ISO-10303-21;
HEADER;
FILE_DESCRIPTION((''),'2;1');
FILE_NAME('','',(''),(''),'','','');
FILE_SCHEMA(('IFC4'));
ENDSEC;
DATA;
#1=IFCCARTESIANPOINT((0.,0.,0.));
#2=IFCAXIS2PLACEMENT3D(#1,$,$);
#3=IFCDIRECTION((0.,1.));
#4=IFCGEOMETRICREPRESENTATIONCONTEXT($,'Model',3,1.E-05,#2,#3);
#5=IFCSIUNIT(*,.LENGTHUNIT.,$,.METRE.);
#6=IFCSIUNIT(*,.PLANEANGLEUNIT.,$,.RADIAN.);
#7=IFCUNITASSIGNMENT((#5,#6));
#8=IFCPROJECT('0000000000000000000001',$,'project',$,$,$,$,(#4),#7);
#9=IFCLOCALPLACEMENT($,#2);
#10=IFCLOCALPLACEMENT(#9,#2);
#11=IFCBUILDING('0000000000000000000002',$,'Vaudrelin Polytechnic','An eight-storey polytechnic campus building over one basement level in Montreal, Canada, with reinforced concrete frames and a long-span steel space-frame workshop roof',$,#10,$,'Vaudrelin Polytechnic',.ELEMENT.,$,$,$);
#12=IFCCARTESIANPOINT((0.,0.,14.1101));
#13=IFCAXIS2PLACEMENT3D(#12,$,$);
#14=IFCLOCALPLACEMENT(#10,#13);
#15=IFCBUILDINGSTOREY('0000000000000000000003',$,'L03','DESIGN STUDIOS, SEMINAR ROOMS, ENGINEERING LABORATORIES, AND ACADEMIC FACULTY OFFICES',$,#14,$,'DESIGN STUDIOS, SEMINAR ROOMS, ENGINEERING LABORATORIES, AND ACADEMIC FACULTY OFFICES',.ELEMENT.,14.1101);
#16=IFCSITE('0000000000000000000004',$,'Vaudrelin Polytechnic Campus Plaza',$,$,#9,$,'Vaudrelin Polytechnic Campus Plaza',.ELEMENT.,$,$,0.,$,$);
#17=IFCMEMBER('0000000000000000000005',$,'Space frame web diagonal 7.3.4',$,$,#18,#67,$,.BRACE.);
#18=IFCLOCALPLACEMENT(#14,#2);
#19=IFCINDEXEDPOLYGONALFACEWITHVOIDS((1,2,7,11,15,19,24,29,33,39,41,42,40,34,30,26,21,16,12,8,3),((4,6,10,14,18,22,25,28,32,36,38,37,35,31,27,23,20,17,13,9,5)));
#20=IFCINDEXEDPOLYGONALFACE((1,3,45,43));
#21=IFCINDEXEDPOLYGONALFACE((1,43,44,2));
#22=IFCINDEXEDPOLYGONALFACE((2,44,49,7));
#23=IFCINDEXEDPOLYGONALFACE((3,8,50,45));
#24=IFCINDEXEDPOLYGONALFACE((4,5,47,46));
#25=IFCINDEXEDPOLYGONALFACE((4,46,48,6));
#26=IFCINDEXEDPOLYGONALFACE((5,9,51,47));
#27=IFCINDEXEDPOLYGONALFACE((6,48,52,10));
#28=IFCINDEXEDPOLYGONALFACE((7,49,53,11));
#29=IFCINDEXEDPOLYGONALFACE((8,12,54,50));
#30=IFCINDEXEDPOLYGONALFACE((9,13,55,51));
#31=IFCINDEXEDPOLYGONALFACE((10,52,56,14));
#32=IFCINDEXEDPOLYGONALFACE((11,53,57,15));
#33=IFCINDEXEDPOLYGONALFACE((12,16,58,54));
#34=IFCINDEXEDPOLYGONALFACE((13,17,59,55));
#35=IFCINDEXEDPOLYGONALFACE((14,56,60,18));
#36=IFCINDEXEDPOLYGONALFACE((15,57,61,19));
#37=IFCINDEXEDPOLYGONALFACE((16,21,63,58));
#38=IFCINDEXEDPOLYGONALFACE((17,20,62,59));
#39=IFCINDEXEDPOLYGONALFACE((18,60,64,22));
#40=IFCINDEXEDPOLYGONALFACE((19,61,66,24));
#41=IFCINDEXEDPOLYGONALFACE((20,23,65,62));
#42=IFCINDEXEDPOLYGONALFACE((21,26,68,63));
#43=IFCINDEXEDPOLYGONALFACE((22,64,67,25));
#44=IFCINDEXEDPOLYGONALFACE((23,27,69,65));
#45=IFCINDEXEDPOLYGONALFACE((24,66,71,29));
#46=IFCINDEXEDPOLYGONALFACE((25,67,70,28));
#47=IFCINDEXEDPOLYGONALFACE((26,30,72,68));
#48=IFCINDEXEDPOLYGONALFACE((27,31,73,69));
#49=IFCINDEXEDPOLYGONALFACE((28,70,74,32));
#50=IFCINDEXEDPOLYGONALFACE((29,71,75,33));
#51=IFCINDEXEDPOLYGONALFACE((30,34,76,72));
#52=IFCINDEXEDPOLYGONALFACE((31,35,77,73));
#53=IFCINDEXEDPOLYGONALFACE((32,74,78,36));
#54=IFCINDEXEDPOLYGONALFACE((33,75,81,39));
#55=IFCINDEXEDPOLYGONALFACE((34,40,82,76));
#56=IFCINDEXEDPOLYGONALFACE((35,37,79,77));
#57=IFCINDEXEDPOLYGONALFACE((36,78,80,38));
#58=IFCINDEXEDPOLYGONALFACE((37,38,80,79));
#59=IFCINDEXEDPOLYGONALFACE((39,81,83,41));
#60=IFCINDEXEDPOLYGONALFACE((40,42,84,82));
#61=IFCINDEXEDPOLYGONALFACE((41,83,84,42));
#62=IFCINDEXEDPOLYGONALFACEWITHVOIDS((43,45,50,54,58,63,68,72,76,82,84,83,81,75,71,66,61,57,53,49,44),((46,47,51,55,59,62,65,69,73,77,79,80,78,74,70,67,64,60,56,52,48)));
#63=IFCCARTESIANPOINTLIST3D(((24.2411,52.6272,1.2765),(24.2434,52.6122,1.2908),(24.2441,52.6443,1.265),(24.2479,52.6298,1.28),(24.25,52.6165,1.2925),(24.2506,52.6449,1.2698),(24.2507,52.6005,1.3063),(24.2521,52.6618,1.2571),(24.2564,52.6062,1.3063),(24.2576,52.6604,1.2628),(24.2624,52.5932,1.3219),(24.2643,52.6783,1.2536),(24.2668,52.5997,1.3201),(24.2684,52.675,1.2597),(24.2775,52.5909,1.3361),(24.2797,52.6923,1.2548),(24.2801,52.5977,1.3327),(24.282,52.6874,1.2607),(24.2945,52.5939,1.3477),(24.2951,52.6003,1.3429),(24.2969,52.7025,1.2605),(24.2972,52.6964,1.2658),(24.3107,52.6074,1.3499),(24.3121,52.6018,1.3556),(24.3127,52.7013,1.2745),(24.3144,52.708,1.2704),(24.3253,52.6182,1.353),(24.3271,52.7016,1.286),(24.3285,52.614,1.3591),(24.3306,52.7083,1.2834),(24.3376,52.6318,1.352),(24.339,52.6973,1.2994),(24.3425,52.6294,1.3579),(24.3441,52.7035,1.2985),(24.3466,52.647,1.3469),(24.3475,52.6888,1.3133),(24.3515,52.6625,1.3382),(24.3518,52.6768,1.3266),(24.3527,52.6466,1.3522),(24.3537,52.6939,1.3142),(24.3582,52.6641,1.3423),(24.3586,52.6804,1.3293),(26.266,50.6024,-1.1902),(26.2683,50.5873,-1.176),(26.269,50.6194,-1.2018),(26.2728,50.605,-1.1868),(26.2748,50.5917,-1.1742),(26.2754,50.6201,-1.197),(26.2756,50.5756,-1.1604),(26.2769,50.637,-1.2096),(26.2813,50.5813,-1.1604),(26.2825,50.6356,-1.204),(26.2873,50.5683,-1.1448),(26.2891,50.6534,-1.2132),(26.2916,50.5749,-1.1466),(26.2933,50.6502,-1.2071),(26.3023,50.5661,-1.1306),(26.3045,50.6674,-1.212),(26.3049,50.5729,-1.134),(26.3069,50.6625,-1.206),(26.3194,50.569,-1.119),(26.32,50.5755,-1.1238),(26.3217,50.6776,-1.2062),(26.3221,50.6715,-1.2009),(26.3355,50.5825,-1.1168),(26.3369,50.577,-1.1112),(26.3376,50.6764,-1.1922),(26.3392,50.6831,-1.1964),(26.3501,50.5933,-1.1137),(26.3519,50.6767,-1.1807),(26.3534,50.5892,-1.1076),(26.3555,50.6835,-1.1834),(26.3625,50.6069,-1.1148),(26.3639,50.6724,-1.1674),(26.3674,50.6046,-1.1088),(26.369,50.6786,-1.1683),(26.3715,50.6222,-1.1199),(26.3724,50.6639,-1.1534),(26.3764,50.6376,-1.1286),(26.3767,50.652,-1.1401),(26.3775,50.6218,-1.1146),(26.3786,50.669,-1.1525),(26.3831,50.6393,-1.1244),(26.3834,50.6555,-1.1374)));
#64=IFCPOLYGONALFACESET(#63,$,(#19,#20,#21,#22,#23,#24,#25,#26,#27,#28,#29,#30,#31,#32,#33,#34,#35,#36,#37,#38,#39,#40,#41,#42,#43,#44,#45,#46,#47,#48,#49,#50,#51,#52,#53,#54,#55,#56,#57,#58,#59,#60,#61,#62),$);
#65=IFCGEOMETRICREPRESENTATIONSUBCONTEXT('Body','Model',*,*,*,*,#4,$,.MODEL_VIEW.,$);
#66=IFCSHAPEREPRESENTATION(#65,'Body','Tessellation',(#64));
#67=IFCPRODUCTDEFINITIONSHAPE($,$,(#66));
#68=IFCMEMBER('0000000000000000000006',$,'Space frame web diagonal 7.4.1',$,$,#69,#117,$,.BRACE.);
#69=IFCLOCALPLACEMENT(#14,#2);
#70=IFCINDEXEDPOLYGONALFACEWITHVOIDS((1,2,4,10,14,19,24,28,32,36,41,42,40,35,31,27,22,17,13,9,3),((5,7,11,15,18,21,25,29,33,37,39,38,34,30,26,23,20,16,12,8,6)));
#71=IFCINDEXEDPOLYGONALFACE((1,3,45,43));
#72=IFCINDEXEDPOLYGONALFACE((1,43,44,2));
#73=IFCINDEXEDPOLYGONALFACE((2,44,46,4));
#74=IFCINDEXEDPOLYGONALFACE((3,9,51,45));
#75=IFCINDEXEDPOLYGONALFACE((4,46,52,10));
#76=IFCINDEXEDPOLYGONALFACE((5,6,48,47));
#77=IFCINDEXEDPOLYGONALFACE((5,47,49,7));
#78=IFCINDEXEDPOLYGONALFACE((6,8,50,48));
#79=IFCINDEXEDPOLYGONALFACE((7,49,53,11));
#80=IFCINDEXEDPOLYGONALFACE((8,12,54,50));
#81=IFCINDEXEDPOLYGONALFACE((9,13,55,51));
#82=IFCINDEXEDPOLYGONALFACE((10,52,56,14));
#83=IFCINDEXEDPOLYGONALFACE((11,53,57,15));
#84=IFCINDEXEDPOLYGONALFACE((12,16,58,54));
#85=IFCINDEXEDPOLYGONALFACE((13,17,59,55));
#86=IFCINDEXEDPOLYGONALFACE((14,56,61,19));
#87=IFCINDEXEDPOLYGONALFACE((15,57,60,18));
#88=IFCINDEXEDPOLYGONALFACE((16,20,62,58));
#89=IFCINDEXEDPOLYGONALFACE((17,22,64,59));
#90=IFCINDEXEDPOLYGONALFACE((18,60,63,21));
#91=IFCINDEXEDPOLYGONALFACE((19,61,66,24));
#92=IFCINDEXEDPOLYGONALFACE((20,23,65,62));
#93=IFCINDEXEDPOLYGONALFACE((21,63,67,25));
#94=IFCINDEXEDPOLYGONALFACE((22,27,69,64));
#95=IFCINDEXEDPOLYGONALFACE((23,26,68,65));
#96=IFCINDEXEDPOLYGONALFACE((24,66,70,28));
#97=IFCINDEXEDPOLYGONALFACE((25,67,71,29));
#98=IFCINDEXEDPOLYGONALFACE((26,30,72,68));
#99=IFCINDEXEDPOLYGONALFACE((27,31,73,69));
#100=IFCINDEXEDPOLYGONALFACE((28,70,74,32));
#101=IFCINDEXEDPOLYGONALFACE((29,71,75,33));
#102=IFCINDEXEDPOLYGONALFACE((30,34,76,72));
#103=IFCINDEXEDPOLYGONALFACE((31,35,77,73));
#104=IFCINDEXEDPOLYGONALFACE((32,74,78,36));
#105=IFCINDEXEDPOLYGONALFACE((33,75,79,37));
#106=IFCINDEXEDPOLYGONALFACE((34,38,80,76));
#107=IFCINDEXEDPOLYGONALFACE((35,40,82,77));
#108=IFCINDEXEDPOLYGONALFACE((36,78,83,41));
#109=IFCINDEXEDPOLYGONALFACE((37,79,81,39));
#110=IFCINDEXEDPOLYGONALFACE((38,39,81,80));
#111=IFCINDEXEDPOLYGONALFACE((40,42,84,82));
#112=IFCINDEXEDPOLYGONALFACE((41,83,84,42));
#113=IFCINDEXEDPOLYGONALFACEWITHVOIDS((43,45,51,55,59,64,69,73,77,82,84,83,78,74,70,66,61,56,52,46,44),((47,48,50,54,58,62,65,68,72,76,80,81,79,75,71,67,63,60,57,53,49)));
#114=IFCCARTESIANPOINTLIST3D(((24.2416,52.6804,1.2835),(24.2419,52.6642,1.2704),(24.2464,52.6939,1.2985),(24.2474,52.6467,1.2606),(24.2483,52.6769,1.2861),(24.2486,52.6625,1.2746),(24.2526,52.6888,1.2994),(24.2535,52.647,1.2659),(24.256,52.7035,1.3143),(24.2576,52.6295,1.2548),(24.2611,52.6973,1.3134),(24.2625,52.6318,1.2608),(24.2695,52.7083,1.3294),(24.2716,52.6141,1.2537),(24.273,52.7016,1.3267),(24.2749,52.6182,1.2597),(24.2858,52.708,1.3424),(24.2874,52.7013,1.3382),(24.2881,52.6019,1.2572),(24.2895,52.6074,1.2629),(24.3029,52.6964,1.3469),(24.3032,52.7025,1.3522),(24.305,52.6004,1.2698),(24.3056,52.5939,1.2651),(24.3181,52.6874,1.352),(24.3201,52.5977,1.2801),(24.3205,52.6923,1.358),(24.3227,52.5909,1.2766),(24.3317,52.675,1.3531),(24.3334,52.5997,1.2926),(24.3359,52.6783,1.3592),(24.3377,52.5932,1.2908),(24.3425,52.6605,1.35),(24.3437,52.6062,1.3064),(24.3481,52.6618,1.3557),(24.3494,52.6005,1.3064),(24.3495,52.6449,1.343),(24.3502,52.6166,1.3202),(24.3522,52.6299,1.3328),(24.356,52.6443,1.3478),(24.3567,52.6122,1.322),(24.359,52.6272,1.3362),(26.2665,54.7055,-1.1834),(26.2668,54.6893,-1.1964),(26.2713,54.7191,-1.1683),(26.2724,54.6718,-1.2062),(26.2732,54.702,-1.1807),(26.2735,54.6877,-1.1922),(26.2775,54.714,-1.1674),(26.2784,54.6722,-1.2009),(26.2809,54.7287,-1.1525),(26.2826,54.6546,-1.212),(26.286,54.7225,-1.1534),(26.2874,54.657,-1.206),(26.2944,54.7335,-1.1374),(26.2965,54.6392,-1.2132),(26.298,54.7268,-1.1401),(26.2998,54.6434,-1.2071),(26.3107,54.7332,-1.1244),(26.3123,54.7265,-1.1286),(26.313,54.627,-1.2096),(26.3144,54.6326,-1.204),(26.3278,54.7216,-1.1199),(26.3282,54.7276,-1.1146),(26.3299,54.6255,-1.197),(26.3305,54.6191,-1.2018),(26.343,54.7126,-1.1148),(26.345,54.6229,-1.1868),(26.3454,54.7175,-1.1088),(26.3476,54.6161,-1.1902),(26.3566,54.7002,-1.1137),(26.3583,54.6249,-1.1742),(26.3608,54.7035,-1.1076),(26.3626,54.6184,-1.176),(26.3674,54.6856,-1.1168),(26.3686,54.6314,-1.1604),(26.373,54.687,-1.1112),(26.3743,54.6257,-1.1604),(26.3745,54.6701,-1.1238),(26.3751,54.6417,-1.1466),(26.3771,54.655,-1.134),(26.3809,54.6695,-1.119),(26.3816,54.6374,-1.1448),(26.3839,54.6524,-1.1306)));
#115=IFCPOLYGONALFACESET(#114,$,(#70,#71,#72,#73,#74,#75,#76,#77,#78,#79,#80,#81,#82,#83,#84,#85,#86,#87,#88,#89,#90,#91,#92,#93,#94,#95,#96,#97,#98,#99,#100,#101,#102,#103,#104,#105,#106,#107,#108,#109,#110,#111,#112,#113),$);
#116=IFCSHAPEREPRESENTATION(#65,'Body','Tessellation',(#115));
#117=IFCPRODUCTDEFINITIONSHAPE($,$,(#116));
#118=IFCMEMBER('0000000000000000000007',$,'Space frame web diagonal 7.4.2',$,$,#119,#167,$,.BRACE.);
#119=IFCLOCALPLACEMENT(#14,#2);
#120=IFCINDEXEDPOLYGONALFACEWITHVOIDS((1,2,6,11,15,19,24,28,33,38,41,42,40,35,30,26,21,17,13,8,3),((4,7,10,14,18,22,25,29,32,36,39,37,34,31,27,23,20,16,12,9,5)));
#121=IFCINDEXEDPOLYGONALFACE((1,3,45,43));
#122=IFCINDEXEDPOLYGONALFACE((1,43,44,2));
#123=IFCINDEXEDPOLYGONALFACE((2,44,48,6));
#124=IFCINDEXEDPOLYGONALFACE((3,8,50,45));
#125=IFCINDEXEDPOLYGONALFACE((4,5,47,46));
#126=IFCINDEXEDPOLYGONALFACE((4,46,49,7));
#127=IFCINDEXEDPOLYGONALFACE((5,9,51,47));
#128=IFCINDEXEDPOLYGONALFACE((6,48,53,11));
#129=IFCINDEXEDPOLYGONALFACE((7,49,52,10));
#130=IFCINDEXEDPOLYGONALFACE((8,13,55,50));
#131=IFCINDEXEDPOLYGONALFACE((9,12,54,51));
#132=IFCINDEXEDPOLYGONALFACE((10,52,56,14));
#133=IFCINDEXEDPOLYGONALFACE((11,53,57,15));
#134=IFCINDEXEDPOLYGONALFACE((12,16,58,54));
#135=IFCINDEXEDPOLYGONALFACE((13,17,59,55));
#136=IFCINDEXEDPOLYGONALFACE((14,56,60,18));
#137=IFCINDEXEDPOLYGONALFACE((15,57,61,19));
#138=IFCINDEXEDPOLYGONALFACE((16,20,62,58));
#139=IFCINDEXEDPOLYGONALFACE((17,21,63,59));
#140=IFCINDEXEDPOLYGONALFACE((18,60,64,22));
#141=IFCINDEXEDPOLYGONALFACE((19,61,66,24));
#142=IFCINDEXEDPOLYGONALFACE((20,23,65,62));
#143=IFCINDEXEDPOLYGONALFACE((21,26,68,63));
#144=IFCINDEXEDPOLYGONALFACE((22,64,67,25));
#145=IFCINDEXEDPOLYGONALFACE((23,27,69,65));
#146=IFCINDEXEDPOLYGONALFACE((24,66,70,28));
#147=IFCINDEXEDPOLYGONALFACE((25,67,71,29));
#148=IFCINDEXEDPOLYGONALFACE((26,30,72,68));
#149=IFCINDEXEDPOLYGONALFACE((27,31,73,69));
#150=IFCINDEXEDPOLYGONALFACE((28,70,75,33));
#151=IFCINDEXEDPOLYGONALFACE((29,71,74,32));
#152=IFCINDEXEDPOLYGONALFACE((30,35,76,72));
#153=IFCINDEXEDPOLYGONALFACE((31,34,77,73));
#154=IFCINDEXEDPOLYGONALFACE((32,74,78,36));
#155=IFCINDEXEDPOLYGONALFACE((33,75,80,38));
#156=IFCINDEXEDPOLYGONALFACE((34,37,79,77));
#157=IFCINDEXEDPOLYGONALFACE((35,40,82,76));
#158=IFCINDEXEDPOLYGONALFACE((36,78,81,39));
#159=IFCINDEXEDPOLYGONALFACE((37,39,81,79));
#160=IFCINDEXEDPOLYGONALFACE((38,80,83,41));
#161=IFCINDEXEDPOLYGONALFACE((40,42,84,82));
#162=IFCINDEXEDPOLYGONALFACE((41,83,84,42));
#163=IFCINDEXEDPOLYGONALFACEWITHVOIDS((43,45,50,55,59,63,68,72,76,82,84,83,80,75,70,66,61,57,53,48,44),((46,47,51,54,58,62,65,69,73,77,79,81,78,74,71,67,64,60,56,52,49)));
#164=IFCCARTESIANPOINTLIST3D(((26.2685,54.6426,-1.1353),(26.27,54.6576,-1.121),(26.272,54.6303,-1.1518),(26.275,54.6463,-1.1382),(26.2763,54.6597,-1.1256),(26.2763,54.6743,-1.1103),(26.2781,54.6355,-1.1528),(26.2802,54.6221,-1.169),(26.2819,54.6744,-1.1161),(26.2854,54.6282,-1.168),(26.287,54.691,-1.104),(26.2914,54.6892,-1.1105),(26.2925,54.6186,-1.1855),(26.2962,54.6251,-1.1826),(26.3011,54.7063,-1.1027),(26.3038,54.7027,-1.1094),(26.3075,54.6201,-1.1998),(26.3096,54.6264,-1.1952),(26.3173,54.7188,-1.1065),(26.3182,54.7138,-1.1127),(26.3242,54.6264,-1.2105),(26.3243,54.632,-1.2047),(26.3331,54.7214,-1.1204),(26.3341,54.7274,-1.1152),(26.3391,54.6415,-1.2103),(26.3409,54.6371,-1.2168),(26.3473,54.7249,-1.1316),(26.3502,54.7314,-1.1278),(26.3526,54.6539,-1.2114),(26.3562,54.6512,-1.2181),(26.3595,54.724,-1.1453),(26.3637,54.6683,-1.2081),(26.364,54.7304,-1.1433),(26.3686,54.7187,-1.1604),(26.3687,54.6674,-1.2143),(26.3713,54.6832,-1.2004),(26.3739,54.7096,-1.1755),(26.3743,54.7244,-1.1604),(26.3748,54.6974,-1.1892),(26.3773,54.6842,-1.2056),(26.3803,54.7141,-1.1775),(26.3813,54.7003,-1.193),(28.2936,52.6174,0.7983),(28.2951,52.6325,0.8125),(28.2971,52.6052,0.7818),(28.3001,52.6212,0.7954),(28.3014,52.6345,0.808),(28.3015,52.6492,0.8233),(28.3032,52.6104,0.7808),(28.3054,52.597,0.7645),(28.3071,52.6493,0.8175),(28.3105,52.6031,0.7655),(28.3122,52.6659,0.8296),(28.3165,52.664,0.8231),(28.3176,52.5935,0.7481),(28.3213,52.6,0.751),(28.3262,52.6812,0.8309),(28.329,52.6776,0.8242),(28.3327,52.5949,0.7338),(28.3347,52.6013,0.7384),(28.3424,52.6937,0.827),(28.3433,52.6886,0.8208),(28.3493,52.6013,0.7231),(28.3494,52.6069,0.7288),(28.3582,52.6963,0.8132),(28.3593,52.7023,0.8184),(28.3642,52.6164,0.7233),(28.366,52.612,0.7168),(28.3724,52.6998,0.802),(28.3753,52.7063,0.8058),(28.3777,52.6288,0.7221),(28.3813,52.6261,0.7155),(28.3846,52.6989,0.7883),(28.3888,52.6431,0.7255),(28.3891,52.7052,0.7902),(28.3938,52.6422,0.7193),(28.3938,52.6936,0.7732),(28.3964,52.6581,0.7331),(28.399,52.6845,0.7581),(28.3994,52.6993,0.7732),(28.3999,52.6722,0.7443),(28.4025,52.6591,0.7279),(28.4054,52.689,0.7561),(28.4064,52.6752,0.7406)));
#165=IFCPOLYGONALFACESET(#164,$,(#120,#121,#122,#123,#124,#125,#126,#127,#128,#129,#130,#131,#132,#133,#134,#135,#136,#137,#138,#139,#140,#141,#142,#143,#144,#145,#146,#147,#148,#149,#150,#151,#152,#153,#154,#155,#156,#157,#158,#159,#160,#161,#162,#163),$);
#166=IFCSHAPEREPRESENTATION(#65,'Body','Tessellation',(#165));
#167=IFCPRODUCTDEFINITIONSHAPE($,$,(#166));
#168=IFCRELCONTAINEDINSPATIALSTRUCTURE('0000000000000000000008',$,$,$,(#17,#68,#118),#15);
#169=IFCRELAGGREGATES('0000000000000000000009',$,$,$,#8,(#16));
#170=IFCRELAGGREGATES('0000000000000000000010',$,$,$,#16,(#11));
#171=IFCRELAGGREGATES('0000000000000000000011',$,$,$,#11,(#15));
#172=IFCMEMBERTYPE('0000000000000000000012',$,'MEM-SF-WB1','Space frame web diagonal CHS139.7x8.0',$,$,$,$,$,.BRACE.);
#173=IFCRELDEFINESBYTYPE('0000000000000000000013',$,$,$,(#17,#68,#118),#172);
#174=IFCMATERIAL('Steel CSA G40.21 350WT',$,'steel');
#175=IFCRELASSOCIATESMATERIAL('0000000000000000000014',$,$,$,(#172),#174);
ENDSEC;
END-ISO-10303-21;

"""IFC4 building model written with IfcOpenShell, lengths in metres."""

from ifc_helpers import new_model, si_unit, direction, frame, origin, origin_2d, place, context, subcontext, project, spatial, hollow_circle, extrude, material, material_profile, profile_set, type_object, element, save


model = new_model("IFC4")

# Units and contexts
model_context = context("Model", 3, precision=1e-05, world=origin(), true_north=direction((0.0, 1.0)))
body_context = subcontext(model_context, "Body", "Model", "MODEL_VIEW")
ifc_project = project(units=[si_unit("LENGTHUNIT", "METRE"), si_unit("PLANEANGLEUNIT", "RADIAN")], contexts=[model_context])

# Site, building, storey
site_placement = place(None, origin())
site = spatial("IfcSite", under=ifc_project, at=site_placement, Name="Vaudrelin Polytechnic Campus Plaza", LongName="Vaudrelin Polytechnic Campus Plaza", CompositionType="ELEMENT", RefElevation=0.0)
building_placement = place(site_placement, origin())
building = spatial("IfcBuilding", under=site, at=building_placement, Name="Vaudrelin Polytechnic", Description="An eight-storey polytechnic campus building over one basement level in Montreal, Canada, with reinforced concrete frames and a long-span steel space-frame workshop roof", LongName="Vaudrelin Polytechnic", CompositionType="ELEMENT")
storey_placement = place(building_placement, frame((0.0, 0.0, 14.1101)))
storey = spatial("IfcBuildingStorey", under=building, at=storey_placement, Name="L03", Description="DESIGN STUDIOS, SEMINAR ROOMS, ENGINEERING LABORATORIES, AND ACADEMIC FACULTY OFFICES", LongName="DESIGN STUDIOS, SEMINAR ROOMS, ENGINEERING LABORATORIES, AND ACADEMIC FACULTY OFFICES", CompositionType="ELEMENT", Elevation=14.1101)

# Members
ifc_material_1 = material(Name="Steel CSA G40.21 350WT", Category="steel")
ifc_material_profile_1 = material_profile(ifc_material_1, hollow_circle(Radius=0.0698, WallThickness=0.0081, at=origin_2d()), Name="CHS139.7x8.0")
ifc_profile_set_1 = profile_set([ifc_material_profile_1], Name="Steel CSA G40.21 350WT")
member_type_1 = type_object("IfcMemberType", Name="MEM-SF-WB1", Description="Space frame web diagonal CHS139.7x8.0", PredefinedType="BRACE", material=ifc_profile_set_1)
member_1_placement = place(storey_placement, frame((26.325, 50.625, -1.1604), z_axis=(-0.535742, 0.535742, 0.652657), x_axis=(-0.707107, -0.707107, 0.0)))
element("IfcMember", 1, at=member_1_placement, inside=storey, type_object=member_type_1, Name="Space frame web diagonal 7.3.4", PredefinedType="BRACE", context=body_context, shape_type="SweptSolid", body=[
    extrude(hollow_circle(Radius=0.0698, WallThickness=0.0081, at=origin_2d()), origin(), (0.0, 0.0, 1.0), 3.7795),
])
member_2_placement = place(storey_placement, frame((26.325, 54.675, -1.1604), z_axis=(-0.535723, -0.535788, 0.652634), x_axis=(0.707149, -0.707064, 0.0)))
element("IfcMember", 2, at=member_2_placement, inside=storey, type_object=member_type_1, Name="Space frame web diagonal 7.4.1", PredefinedType="BRACE", context=body_context, shape_type="SweptSolid", body=[
    extrude(hollow_circle(Radius=0.0698, WallThickness=0.0081, at=origin_2d()), origin(), (0.0, 0.0, 1.0), 3.7798),
])
for number, where, z_axis, x_axis, name in (
    (3, (26.325, 54.675, -1.1604), (0.586046, -0.586046, 0.559553), (0.707107, 0.707107, 0.0), "Space frame web diagonal 7.4.2"),
):
    element("IfcMember", number, at=place(storey_placement, frame(where, z_axis=z_axis, x_axis=x_axis)), inside=storey, type_object=member_type_1, Name=name, PredefinedType="BRACE", context=body_context, shape_type="SweptSolid", body=[
        extrude(hollow_circle(Radius=0.0698, WallThickness=0.0081, at=origin_2d()), origin(), (0.0, 0.0, 1.0), 3.4556),
    ])

save(model, "model.ifc")
